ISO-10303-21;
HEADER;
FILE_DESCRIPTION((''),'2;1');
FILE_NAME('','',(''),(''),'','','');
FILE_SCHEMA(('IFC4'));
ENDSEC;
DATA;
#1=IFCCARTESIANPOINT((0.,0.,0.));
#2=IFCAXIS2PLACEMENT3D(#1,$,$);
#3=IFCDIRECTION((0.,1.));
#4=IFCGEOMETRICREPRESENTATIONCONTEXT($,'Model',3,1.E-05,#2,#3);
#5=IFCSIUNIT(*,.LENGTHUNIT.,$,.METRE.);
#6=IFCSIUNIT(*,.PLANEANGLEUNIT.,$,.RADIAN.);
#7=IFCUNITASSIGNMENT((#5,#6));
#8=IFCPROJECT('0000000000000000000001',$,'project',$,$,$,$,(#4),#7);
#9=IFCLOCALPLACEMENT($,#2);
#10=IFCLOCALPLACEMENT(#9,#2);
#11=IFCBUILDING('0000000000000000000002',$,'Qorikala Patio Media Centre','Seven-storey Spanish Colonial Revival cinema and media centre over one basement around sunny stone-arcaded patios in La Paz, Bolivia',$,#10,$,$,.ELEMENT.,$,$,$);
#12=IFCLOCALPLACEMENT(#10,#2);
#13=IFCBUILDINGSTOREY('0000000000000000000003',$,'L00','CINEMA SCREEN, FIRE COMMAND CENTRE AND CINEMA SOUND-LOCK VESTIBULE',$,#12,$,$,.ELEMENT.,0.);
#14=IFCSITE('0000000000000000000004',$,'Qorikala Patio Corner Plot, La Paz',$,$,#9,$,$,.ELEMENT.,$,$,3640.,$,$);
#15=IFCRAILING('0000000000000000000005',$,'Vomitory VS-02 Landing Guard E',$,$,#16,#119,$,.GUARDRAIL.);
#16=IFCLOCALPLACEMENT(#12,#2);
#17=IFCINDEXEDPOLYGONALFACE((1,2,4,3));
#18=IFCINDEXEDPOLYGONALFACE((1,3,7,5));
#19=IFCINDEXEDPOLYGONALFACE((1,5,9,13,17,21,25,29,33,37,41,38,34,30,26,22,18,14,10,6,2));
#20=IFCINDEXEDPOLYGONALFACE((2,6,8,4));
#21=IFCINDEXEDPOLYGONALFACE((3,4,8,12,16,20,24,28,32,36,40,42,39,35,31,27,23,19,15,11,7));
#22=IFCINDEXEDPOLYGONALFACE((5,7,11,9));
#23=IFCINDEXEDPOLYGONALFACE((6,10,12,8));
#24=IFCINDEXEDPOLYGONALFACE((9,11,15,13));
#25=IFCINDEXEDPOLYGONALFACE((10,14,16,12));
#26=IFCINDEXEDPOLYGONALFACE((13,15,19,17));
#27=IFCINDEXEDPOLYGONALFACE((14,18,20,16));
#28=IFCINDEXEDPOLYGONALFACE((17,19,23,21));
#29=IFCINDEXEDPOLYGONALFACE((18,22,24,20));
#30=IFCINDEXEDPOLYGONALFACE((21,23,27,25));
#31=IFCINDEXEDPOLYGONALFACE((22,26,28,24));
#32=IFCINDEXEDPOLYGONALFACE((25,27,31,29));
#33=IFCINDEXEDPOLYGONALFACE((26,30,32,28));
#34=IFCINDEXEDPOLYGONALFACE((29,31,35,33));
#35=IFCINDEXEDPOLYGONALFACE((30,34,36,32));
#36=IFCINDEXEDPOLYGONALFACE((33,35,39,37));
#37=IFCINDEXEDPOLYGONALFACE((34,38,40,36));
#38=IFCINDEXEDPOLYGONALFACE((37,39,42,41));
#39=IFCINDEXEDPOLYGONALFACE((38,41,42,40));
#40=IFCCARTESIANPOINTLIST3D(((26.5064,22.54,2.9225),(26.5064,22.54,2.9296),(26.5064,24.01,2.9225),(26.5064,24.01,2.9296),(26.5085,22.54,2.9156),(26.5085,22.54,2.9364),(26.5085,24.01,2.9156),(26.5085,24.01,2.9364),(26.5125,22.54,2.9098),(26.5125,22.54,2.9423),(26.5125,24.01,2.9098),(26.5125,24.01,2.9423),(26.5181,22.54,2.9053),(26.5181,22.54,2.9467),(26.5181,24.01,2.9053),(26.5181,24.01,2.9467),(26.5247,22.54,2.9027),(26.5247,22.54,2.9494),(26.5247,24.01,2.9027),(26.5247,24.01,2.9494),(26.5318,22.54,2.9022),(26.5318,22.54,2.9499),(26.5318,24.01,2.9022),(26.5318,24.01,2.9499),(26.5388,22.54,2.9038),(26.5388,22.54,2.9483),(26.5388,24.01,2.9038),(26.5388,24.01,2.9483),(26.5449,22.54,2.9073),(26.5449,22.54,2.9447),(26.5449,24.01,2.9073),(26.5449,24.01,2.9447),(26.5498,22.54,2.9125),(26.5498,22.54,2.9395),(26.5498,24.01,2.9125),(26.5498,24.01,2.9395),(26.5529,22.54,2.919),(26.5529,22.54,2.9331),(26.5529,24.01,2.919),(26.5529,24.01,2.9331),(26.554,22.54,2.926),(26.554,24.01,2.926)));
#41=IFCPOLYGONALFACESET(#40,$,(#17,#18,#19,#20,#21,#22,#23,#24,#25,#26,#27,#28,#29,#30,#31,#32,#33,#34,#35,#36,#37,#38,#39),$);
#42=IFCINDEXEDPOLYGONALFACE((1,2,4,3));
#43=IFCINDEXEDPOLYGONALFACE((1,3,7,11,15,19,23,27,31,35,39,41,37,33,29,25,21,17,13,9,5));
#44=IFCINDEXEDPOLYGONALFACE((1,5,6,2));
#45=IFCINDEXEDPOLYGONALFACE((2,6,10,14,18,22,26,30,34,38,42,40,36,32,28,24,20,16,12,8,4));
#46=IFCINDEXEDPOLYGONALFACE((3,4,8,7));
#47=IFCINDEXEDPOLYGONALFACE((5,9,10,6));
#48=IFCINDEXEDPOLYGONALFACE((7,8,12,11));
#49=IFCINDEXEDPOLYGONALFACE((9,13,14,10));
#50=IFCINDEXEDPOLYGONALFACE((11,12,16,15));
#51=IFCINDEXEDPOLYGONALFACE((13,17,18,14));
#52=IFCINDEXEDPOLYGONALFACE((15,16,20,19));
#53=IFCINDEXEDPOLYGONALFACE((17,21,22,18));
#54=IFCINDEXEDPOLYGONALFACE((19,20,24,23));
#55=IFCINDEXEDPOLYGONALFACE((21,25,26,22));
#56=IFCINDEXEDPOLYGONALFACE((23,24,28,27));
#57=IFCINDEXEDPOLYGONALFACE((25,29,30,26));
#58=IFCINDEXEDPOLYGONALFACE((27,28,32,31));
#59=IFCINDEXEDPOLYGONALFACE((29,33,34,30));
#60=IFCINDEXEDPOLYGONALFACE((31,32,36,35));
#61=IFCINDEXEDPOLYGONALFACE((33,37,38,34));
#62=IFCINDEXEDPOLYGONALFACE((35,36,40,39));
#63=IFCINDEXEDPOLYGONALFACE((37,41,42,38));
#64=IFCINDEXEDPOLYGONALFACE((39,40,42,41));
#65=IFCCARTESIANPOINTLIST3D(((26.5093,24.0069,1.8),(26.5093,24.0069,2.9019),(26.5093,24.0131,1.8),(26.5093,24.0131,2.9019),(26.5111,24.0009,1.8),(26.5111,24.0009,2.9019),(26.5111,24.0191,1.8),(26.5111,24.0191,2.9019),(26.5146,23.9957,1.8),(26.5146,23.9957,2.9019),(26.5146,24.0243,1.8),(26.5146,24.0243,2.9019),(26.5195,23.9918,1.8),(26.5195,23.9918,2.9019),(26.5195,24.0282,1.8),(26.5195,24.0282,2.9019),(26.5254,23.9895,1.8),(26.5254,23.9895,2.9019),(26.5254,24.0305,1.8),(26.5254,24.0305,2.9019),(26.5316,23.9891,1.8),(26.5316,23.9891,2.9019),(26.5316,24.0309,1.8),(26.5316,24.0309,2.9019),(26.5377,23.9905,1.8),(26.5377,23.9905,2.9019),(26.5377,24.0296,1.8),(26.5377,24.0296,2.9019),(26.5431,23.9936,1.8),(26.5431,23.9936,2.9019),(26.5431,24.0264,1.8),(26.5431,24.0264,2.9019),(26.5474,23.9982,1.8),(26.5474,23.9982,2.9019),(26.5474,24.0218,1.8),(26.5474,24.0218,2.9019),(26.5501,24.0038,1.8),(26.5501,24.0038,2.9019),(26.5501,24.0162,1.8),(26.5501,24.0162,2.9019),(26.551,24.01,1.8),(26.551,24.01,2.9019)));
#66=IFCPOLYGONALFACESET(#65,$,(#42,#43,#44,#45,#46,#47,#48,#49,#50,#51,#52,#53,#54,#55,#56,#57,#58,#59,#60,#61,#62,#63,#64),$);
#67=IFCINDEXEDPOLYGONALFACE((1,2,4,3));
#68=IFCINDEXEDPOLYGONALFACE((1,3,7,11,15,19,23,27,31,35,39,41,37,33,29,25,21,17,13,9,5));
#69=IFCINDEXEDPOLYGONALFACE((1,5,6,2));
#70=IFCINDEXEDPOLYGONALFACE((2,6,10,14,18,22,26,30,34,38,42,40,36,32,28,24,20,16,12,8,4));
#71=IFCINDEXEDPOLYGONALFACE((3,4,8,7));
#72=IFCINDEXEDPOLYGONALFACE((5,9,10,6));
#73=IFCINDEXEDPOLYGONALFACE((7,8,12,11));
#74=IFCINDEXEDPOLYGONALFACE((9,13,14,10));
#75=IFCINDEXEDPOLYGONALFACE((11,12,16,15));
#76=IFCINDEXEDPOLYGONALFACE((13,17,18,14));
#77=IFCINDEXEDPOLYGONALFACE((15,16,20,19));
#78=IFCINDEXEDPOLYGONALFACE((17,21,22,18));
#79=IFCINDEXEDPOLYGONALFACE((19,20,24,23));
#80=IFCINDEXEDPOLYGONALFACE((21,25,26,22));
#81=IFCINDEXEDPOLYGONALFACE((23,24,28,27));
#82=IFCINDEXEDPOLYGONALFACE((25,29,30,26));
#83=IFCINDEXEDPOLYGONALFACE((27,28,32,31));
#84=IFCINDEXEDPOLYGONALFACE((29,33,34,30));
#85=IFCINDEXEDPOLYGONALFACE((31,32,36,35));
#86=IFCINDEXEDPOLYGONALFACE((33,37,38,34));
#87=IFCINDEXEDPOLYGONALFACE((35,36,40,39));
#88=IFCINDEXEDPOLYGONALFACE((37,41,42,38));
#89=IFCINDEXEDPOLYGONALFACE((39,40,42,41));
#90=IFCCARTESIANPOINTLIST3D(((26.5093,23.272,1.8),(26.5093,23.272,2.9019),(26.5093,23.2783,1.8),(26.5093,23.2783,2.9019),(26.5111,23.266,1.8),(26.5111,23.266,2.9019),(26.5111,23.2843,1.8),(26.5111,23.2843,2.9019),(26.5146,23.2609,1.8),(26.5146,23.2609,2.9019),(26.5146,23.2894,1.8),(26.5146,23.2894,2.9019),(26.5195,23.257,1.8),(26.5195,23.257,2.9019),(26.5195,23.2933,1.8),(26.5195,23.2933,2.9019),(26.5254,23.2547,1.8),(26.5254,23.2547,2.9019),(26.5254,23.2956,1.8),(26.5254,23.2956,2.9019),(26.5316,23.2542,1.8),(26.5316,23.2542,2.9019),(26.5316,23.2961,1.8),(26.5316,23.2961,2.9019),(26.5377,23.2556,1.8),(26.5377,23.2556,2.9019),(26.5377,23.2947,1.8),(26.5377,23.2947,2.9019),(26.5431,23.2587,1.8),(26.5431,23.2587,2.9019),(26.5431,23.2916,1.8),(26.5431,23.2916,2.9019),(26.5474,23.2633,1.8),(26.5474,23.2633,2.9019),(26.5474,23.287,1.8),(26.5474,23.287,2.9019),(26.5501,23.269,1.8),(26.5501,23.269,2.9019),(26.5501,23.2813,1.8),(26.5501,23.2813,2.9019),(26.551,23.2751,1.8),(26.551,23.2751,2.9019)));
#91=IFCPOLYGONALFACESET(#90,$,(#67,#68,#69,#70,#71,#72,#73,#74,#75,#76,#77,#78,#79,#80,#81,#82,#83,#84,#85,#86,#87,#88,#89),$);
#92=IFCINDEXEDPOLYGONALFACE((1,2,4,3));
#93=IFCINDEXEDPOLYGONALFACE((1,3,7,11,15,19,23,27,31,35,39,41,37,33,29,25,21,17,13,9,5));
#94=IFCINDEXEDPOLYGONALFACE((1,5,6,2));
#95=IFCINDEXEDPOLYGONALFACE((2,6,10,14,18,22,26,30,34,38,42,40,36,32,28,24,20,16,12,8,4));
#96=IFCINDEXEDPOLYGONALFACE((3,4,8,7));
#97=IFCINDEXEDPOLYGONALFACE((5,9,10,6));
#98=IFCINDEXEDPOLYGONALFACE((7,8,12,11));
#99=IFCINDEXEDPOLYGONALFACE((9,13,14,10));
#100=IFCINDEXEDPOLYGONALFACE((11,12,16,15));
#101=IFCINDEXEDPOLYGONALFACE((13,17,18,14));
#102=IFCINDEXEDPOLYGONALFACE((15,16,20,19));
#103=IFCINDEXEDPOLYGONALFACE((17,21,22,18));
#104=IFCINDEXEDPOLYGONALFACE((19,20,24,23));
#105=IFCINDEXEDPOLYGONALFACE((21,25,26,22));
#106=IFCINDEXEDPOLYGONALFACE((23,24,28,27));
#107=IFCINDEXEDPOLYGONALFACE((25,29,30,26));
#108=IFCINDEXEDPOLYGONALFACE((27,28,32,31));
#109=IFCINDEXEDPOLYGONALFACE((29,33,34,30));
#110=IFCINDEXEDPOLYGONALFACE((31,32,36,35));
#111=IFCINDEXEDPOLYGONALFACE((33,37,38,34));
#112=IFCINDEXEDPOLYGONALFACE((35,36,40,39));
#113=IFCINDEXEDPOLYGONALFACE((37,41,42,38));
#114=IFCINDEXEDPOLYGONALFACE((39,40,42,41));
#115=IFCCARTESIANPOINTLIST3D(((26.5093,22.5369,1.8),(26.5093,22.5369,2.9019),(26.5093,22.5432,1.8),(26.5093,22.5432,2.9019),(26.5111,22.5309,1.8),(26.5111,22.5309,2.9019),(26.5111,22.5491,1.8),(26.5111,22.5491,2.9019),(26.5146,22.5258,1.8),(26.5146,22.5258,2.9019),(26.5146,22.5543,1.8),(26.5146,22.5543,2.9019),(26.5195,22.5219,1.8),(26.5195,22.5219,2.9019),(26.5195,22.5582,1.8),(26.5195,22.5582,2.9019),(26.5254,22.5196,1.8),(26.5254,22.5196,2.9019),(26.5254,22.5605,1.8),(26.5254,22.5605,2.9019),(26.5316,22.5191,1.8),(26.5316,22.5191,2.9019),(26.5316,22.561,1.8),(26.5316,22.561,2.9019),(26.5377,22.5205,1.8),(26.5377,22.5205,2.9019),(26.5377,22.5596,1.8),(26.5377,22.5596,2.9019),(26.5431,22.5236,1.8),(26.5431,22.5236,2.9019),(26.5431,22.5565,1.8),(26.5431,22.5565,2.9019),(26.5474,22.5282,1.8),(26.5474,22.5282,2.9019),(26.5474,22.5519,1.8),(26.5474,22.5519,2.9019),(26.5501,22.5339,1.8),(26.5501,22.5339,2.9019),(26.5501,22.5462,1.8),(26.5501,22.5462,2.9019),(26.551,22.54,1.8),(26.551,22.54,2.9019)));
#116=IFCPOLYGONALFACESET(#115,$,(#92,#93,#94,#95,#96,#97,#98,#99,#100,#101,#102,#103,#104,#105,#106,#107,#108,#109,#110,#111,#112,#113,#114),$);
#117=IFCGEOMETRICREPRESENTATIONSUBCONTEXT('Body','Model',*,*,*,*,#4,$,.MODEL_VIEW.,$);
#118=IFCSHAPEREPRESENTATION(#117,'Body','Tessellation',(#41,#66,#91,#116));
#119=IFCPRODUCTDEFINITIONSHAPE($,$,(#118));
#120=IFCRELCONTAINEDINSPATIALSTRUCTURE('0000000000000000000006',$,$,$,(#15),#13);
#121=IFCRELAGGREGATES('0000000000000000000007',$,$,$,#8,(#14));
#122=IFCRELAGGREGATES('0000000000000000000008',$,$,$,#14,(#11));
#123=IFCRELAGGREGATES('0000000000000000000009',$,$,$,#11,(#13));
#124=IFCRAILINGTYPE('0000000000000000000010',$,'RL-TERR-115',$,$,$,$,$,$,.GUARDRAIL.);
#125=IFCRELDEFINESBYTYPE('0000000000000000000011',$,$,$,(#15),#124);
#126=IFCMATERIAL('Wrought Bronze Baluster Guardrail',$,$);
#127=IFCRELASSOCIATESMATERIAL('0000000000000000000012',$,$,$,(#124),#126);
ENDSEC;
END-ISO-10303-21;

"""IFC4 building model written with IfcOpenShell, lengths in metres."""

from ifc_helpers import new_model, si_unit, direction, frame, origin, origin_2d, place, context, subcontext, project, spatial, circle, extrude, material, type_object, element, save


model = new_model("IFC4")

# Units and contexts
model_context = context("Model", 3, precision=1e-05, world=origin(), true_north=direction((0.0, 1.0)))
body_context = subcontext(model_context, "Body", "Model", "MODEL_VIEW")
ifc_project = project(units=[si_unit("LENGTHUNIT", "METRE"), si_unit("PLANEANGLEUNIT", "RADIAN")], contexts=[model_context])

# Site, building, storey
site_placement = place(None, origin())
site = spatial("IfcSite", under=ifc_project, at=site_placement, Name="Qorikala Patio Corner Plot, La Paz", CompositionType="ELEMENT", RefElevation=3640.0)
building_placement = place(site_placement, origin())
building = spatial("IfcBuilding", under=site, at=building_placement, Name="Qorikala Patio Media Centre", Description="Seven-storey Spanish Colonial Revival cinema and media centre over one basement around sunny stone-arcaded patios in La Paz, Bolivia", CompositionType="ELEMENT")
storey_placement = place(building_placement, origin())
storey = spatial("IfcBuildingStorey", under=building, at=storey_placement, Name="L00", Description="CINEMA SCREEN, FIRE COMMAND CENTRE AND CINEMA SOUND-LOCK VESTIBULE", CompositionType="ELEMENT", Elevation=0.0)

# Railing
ifc_material_1 = material(Name="Wrought Bronze Baluster Guardrail")
railing_type_1 = type_object("IfcRailingType", Name="RL-TERR-115", PredefinedType="GUARDRAIL", material=ifc_material_1)
railing_1_placement = place(storey_placement, frame((26.53, 24.01, 1.8)))
element("IfcRailing", 1, at=railing_1_placement, inside=storey, type_object=railing_type_1, Name="Vomitory VS-02 Landing Guard E", PredefinedType="GUARDRAIL", context=body_context, shape_type="SweptSolid", body=[
    extrude(circle(Radius=0.0239, at=origin_2d()), frame((0.0, 0.0, 1.126), z_axis=(0.0, -1.0, 0.0), x_axis=(1.0, 0.0, 0.0)), (0.0, 0.0, 1.0), 1.47),
    extrude(circle(Radius=0.021, at=origin_2d()), origin(), (0.0, 0.0, 1.0), 1.1018),
    extrude(circle(Radius=0.021, at=origin_2d()), frame((0.0, -0.7349, 0.0)), (0.0, 0.0, 1.0), 1.1018),
    extrude(circle(Radius=0.021, at=origin_2d()), frame((0.0, -1.47, 0.0)), (0.0, 0.0, 1.0), 1.1018),
])

save(model, "model.ifc")
